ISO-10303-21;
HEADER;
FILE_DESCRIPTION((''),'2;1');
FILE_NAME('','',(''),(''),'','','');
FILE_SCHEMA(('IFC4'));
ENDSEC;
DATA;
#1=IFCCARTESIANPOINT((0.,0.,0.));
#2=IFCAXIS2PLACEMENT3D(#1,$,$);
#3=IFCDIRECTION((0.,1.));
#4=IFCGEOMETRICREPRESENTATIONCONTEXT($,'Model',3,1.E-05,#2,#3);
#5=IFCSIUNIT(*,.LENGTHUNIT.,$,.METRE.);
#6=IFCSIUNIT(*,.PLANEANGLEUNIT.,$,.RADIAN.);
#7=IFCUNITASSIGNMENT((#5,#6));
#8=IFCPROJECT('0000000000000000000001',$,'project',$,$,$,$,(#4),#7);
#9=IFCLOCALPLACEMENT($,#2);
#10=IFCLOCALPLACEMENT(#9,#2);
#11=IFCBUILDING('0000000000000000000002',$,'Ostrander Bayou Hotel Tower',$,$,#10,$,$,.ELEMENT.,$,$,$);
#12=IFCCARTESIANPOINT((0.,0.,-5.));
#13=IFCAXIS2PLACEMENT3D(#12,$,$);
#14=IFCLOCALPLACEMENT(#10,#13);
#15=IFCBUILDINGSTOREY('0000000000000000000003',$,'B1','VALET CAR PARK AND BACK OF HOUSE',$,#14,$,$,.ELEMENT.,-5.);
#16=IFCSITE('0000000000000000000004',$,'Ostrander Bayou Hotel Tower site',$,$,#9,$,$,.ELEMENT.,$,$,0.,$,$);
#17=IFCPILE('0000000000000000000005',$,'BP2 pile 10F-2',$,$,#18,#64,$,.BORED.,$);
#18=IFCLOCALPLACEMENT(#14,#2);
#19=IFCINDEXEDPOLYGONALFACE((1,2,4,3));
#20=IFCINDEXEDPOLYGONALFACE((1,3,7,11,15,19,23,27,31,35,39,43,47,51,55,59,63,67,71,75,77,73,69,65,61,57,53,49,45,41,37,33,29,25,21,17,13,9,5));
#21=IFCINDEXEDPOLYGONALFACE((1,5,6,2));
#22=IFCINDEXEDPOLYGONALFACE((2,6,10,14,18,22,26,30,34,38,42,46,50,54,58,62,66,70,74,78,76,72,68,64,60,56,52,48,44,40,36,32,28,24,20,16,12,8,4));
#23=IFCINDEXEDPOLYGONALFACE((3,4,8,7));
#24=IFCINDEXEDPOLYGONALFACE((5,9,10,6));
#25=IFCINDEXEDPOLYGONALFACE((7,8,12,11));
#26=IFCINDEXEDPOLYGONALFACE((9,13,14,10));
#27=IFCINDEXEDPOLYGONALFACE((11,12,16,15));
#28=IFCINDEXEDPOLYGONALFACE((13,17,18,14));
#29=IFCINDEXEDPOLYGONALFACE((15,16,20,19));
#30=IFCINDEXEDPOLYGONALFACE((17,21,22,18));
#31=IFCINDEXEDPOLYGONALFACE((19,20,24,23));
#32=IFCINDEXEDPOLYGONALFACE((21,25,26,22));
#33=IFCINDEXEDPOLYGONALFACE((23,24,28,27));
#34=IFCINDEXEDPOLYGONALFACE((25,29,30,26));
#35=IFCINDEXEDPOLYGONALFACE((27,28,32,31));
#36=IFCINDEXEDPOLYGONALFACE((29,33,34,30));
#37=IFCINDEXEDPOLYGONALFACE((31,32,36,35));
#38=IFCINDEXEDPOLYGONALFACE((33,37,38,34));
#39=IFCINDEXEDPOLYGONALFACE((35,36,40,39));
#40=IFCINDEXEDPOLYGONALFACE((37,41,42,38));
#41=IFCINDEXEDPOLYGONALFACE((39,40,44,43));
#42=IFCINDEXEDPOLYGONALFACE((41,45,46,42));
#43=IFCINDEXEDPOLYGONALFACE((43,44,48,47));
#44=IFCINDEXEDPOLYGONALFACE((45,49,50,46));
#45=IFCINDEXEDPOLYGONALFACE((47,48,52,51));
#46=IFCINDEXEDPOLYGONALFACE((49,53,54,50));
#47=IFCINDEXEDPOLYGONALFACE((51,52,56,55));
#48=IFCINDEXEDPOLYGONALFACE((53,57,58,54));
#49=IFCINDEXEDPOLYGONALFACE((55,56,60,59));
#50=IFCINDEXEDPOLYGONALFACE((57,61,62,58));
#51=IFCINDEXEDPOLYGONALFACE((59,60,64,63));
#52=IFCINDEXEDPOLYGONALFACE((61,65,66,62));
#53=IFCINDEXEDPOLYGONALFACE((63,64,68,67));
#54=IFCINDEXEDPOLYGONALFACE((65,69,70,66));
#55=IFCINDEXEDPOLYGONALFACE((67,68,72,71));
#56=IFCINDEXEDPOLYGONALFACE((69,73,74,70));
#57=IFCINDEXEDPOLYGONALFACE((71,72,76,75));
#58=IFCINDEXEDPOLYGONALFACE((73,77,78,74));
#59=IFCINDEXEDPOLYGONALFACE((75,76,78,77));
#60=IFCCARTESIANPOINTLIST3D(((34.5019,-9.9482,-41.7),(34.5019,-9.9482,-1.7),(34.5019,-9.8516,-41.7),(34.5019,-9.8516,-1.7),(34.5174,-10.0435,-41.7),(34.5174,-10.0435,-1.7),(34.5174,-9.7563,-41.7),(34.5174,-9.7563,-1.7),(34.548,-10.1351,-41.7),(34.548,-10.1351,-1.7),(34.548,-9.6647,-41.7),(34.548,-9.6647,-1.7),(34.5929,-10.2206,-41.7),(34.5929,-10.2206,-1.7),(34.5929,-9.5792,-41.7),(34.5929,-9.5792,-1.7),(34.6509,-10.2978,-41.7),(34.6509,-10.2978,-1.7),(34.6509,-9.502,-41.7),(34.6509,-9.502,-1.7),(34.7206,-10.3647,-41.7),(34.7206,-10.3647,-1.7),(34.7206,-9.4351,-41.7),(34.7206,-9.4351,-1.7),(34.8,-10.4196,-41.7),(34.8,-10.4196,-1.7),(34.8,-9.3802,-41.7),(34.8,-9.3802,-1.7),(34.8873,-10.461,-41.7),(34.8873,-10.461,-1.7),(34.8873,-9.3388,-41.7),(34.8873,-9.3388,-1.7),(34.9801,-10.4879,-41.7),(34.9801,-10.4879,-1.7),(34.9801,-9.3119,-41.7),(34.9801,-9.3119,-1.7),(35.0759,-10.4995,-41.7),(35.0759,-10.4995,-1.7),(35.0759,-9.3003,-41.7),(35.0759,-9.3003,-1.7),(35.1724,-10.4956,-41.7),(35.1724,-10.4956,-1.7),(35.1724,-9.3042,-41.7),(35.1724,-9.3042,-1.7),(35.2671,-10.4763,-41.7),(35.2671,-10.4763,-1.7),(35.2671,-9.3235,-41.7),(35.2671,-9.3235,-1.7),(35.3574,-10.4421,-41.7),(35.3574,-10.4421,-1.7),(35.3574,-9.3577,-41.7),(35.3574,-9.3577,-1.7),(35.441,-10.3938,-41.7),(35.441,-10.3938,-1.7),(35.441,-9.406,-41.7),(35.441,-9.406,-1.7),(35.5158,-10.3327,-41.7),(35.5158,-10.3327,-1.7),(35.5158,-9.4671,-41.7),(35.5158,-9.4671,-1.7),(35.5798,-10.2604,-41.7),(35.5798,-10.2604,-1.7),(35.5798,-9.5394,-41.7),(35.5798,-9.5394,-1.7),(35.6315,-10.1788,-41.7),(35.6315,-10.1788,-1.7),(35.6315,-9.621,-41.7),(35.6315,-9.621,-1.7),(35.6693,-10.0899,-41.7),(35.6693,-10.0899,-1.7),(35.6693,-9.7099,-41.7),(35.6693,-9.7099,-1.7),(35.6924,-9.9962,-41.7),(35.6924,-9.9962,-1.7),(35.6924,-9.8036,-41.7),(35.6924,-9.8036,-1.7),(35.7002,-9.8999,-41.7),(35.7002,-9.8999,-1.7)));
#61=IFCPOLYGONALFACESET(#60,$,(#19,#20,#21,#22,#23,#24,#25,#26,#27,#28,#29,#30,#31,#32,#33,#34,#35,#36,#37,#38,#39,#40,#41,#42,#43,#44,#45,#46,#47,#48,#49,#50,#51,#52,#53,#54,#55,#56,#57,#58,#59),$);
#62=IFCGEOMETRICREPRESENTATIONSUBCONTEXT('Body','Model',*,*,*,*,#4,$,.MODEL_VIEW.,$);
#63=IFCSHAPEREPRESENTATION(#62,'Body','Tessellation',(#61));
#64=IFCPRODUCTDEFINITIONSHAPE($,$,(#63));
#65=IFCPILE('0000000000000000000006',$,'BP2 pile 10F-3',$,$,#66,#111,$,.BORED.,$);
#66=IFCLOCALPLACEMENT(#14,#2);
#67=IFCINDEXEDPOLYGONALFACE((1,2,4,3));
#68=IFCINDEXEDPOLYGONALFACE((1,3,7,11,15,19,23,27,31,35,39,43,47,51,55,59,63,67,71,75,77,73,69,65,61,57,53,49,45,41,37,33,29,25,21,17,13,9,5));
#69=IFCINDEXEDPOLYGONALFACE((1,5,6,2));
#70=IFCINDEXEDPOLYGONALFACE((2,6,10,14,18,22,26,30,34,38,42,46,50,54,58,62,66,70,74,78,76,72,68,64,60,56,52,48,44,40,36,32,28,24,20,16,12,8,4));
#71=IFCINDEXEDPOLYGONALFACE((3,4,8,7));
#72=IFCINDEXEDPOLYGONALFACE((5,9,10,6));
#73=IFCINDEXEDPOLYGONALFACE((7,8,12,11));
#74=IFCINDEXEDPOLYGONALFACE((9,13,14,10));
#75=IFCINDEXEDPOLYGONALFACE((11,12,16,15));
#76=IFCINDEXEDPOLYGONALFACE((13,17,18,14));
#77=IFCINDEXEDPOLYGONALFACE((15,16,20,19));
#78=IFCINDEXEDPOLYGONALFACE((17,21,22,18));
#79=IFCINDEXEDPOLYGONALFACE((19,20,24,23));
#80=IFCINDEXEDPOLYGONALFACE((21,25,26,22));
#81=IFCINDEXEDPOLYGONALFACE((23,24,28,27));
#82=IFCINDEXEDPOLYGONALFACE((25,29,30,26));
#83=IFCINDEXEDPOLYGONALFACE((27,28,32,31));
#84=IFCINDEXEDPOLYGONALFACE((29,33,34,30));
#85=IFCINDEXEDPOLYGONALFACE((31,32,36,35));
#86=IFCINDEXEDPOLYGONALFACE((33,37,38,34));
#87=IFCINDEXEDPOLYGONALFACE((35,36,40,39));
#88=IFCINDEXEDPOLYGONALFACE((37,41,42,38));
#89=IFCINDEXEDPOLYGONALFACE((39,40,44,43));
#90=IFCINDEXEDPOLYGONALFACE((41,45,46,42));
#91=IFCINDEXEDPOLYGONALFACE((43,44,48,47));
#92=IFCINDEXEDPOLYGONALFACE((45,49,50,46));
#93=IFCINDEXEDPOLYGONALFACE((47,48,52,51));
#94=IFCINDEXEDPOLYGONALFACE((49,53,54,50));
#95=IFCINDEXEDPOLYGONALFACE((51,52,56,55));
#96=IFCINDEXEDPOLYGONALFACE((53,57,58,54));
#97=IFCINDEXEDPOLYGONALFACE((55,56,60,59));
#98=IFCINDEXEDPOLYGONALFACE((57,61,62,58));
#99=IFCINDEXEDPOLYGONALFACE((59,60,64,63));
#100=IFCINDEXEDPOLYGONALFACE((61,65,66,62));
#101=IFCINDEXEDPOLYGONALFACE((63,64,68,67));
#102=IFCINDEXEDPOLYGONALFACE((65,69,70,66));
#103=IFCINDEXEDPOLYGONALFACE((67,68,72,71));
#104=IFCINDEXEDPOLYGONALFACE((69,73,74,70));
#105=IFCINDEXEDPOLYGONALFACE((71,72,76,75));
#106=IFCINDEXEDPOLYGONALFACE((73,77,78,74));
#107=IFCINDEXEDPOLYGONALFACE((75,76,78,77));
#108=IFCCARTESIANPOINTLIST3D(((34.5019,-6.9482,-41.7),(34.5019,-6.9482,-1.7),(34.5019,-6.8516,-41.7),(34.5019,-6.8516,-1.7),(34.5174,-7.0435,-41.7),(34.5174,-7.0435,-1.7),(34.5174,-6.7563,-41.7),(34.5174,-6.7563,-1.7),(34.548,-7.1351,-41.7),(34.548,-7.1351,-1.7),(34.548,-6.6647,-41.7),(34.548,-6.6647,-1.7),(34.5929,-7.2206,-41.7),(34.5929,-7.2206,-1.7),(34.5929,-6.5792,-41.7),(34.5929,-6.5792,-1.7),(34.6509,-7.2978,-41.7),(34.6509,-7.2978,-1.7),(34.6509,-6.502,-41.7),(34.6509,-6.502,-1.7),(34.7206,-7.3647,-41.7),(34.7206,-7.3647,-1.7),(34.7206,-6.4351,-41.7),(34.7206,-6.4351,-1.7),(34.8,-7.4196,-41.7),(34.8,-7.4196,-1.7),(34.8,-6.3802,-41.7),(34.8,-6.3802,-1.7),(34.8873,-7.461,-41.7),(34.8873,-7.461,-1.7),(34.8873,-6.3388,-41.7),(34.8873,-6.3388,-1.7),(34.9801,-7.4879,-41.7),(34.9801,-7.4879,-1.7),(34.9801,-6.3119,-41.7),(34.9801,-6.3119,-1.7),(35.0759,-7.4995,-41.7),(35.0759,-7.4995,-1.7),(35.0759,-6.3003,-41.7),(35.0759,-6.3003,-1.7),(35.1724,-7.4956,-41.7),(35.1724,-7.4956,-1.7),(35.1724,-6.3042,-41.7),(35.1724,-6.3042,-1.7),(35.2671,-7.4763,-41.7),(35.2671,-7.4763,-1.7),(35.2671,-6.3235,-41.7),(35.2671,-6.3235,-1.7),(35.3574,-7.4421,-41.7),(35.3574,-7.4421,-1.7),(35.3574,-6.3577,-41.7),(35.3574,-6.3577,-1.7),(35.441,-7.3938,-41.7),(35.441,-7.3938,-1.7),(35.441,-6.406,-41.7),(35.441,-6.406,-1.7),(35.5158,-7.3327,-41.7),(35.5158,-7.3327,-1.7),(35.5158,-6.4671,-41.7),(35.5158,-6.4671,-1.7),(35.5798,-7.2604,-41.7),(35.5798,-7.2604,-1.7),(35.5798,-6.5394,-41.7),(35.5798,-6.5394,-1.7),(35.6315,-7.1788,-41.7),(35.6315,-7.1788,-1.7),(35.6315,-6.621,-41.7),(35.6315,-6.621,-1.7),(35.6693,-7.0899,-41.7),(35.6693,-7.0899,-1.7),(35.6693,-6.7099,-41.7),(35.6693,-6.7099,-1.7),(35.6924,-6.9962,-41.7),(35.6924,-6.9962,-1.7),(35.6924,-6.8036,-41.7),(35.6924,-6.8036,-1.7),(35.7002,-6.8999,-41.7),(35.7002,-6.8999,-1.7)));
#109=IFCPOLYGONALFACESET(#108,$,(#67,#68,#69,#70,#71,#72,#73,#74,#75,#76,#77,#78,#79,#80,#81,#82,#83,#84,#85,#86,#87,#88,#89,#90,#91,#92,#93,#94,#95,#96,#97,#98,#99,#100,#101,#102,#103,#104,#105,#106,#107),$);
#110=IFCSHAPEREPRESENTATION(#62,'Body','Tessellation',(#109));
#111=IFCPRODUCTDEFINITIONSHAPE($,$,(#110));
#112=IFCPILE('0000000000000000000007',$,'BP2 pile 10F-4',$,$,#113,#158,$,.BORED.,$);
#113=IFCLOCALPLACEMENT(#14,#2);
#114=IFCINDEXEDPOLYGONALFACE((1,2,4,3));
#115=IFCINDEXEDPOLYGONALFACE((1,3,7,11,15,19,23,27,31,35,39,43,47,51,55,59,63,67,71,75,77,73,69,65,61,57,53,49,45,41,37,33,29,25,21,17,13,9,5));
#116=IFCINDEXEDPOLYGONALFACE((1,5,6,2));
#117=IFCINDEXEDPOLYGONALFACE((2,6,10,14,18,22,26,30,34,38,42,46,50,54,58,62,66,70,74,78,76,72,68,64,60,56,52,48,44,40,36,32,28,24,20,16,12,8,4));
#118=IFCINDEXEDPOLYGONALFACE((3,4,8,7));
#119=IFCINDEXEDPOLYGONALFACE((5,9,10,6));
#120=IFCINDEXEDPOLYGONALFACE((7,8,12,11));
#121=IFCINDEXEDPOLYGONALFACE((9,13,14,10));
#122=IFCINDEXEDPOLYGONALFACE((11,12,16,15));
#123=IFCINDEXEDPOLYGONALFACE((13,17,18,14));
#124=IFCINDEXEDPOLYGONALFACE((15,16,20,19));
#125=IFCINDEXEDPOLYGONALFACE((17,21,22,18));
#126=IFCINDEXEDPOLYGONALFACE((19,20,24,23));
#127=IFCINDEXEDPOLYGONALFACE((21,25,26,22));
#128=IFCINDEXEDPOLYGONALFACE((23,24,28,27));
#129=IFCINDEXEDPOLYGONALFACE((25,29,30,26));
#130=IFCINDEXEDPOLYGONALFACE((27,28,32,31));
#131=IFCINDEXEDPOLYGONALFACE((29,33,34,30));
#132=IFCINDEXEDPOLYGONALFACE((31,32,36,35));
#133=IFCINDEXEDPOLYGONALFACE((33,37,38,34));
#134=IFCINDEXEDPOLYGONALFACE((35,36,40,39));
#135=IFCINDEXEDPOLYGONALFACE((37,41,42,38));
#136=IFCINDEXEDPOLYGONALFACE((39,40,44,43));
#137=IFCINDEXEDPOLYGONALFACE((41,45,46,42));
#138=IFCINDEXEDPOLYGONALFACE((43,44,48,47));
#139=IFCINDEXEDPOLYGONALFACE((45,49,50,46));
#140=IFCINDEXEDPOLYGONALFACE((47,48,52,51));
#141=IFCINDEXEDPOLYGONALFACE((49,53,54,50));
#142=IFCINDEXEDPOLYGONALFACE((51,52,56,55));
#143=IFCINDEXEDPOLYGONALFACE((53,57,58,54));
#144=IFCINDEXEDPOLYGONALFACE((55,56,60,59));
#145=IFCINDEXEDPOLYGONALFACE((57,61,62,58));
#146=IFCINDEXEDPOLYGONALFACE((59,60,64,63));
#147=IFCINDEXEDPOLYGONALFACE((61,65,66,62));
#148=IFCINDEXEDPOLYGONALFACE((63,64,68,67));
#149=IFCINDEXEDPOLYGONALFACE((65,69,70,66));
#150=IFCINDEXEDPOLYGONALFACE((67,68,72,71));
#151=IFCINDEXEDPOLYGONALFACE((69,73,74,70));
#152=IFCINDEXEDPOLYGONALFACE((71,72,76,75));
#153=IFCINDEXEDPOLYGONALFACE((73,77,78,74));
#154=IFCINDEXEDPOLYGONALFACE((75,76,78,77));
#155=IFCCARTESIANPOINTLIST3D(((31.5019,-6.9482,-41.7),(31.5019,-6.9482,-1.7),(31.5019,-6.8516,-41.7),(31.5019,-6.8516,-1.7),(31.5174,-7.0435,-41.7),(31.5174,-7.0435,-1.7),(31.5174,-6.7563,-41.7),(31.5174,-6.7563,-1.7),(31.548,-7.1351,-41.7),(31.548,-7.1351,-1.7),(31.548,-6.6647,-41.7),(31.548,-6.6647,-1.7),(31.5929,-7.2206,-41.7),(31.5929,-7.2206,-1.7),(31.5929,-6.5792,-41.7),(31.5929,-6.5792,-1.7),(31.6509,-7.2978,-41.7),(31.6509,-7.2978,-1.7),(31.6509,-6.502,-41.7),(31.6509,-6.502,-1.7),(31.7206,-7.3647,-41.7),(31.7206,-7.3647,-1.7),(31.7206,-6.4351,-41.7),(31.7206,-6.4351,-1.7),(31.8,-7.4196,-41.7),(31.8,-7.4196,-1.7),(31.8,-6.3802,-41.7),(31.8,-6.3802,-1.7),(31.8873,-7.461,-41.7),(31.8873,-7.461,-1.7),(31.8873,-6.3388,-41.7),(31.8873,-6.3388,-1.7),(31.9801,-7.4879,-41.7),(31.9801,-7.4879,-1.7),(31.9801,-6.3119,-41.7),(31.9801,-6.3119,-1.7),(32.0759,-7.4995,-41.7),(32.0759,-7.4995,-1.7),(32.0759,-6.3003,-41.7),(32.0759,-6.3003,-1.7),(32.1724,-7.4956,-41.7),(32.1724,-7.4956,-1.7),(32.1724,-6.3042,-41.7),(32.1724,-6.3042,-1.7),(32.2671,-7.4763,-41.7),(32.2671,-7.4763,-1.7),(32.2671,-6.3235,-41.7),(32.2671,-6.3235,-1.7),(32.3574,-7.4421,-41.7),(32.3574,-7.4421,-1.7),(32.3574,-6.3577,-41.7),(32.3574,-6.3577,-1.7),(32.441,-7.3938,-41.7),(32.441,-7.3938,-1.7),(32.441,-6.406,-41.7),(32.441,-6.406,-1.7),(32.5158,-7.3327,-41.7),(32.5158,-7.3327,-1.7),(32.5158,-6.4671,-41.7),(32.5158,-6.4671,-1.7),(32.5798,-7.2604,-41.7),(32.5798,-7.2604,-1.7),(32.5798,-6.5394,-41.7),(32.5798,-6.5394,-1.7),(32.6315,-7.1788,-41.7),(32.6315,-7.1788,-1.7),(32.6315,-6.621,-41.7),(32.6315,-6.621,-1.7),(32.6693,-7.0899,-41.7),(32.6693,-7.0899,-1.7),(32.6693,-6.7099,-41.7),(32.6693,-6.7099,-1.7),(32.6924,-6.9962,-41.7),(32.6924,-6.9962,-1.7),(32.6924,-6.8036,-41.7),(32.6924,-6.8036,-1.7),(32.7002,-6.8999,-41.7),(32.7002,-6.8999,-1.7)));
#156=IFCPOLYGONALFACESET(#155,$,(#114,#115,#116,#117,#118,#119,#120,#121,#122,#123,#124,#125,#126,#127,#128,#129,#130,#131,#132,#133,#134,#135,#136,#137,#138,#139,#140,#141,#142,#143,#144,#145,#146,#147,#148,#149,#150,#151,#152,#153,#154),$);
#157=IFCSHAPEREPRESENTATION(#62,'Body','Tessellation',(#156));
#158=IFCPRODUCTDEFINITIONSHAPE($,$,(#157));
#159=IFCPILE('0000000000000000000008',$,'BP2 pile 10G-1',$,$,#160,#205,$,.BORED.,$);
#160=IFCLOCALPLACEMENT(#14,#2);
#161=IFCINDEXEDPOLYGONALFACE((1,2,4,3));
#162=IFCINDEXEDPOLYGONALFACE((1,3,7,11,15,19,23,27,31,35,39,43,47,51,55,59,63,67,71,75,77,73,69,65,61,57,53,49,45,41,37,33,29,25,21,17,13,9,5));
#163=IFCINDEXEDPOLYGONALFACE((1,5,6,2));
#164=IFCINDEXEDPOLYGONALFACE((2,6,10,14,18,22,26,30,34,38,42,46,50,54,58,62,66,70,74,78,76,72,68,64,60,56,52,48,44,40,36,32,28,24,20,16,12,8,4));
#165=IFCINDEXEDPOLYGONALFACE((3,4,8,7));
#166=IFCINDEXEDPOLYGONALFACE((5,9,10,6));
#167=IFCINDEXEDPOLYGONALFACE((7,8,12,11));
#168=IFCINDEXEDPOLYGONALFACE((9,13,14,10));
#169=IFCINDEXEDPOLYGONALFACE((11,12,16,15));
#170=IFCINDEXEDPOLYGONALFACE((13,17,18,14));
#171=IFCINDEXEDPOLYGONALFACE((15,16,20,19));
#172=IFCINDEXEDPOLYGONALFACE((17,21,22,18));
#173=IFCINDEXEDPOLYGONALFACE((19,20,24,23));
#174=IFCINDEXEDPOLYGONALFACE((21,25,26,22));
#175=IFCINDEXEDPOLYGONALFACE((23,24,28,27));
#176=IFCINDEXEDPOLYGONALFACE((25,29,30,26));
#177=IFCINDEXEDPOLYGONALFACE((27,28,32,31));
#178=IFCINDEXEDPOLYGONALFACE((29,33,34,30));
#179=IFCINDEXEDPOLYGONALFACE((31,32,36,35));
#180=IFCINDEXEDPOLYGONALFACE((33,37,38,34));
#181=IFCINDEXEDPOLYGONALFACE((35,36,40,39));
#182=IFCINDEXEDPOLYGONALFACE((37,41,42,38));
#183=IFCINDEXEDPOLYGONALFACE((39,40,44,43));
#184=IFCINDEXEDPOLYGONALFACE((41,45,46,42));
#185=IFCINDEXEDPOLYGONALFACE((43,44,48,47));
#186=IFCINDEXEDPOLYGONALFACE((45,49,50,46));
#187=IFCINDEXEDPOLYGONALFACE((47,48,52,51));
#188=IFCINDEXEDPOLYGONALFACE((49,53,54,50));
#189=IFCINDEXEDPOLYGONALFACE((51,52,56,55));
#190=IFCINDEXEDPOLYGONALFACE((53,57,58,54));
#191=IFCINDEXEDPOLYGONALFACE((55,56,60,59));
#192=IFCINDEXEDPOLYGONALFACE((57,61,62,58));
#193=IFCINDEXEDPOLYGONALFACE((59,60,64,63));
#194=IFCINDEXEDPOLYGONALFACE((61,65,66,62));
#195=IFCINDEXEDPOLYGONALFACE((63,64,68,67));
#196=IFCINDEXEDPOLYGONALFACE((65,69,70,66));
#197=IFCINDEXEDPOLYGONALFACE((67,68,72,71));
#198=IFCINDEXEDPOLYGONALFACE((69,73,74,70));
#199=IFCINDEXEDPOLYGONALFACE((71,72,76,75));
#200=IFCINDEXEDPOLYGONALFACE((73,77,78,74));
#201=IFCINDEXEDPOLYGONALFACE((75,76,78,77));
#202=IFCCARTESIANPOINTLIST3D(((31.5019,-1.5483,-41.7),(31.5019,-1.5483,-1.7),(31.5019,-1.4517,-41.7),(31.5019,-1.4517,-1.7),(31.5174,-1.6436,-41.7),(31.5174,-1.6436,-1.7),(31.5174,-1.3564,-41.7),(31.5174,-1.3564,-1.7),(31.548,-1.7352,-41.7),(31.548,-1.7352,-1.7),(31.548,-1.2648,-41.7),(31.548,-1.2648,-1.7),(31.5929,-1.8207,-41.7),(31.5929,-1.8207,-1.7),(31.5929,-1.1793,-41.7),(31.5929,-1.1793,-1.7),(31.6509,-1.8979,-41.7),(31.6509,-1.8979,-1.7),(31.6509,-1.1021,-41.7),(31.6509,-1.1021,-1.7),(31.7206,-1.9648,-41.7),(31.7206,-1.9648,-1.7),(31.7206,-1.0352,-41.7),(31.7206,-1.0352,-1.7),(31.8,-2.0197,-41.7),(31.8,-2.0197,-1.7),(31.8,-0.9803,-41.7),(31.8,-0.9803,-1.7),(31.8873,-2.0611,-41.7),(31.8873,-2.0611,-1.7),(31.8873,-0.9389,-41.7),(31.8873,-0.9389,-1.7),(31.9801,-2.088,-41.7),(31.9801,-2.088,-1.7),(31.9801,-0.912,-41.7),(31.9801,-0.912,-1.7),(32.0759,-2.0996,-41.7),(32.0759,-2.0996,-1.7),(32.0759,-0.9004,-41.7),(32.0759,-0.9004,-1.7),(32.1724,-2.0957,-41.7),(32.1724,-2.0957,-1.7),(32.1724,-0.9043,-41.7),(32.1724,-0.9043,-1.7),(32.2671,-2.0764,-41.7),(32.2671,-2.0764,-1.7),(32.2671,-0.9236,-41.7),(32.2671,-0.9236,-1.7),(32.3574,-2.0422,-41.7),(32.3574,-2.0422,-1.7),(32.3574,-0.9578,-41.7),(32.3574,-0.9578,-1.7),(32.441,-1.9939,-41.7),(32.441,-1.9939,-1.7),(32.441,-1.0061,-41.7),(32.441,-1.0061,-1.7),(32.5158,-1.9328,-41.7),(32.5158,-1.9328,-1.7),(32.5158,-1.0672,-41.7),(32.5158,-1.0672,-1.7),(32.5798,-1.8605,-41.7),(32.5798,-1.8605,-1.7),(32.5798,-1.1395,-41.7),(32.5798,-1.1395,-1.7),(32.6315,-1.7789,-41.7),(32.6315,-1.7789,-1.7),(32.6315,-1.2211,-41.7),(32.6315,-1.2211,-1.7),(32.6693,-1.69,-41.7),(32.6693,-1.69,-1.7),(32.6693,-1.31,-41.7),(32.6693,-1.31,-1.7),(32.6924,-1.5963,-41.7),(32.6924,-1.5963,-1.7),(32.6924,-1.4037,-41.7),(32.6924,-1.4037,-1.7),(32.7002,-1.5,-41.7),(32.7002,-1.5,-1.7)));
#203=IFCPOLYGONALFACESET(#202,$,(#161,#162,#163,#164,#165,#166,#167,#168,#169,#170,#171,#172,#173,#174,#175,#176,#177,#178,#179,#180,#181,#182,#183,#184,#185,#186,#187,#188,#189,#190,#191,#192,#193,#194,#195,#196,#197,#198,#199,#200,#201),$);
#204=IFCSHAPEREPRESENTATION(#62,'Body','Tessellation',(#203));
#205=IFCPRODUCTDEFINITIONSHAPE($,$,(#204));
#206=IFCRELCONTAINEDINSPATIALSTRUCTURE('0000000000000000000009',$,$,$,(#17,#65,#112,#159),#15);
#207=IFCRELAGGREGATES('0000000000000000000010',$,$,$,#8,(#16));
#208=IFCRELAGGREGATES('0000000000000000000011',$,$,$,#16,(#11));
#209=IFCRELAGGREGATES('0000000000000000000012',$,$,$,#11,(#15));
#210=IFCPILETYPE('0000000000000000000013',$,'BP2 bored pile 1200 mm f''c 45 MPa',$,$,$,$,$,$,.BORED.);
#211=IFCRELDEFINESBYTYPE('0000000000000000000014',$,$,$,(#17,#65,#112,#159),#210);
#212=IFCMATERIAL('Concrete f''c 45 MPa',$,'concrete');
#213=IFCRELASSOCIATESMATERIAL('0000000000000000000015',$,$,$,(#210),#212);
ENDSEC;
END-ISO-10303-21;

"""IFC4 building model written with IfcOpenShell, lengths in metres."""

from ifc_helpers import new_model, si_unit, direction, frame, origin, origin_2d, place, context, subcontext, project, spatial, circle, extrude, material, material_profile, profile_set, type_object, element, save


model = new_model("IFC4")

# Units and contexts
model_context = context("Model", 3, precision=1e-05, world=origin(), true_north=direction((0.0, 1.0)))
body_context = subcontext(model_context, "Body", "Model", "MODEL_VIEW")
ifc_project = project(units=[si_unit("LENGTHUNIT", "METRE"), si_unit("PLANEANGLEUNIT", "RADIAN")], contexts=[model_context])

# Site, building, storey
site_placement = place(None, origin())
site = spatial("IfcSite", under=ifc_project, at=site_placement, Name="Ostrander Bayou Hotel Tower site", CompositionType="ELEMENT", RefElevation=0.0)
building_placement = place(site_placement, origin())
building = spatial("IfcBuilding", under=site, at=building_placement, Name="Ostrander Bayou Hotel Tower", CompositionType="ELEMENT")
storey_placement = place(building_placement, frame((0.0, 0.0, -5.0)))
storey = spatial("IfcBuildingStorey", under=building, at=storey_placement, Name="B1", Description="VALET CAR PARK AND BACK OF HOUSE", CompositionType="ELEMENT", Elevation=-5.0)

# Piles
ifc_material_1 = material(Name="Concrete f'c 45 MPa", Category="concrete")
ifc_material_profile_1 = material_profile(ifc_material_1, circle(Radius=0.6001, at=origin_2d()))
ifc_profile_set_1 = profile_set([ifc_material_profile_1], Name="Concrete f'c 45 MPa")
pile_type_1 = type_object("IfcPileType", Name="BP2 bored pile 1200 mm f'c 45 MPa", PredefinedType="BORED", material=ifc_profile_set_1)
for number, where, z_axis, x_axis, name in (
    (1, (35.1001, -9.8999, -1.7), (0.0, 0.0, -1.0), (1.0, 0.0, 0.0), "BP2 pile 10F-2"),
    (2, (35.1001, -6.8999, -1.7), (0.0, 0.0, -1.0), (1.0, 0.0, 0.0), "BP2 pile 10F-3"),
    (3, (32.1001, -6.8999, -1.7), (0.0, 0.0, -1.0), (1.0, 0.0, 0.0), "BP2 pile 10F-4"),
    (4, (32.1001, -1.5, -1.7), (0.0, 0.0, -1.0), (1.0, 0.0, 0.0), "BP2 pile 10G-1"),
):
    element("IfcPile", number, at=place(storey_placement, frame(where, z_axis=z_axis, x_axis=x_axis)), inside=storey, type_object=pile_type_1, Name=name, PredefinedType="BORED", context=body_context, shape_type="SweptSolid", body=[
        extrude(circle(Radius=0.6001, at=origin_2d()), origin(), (0.0, 0.0, 1.0), 40.0),
    ])

save(model, "model.ifc")
